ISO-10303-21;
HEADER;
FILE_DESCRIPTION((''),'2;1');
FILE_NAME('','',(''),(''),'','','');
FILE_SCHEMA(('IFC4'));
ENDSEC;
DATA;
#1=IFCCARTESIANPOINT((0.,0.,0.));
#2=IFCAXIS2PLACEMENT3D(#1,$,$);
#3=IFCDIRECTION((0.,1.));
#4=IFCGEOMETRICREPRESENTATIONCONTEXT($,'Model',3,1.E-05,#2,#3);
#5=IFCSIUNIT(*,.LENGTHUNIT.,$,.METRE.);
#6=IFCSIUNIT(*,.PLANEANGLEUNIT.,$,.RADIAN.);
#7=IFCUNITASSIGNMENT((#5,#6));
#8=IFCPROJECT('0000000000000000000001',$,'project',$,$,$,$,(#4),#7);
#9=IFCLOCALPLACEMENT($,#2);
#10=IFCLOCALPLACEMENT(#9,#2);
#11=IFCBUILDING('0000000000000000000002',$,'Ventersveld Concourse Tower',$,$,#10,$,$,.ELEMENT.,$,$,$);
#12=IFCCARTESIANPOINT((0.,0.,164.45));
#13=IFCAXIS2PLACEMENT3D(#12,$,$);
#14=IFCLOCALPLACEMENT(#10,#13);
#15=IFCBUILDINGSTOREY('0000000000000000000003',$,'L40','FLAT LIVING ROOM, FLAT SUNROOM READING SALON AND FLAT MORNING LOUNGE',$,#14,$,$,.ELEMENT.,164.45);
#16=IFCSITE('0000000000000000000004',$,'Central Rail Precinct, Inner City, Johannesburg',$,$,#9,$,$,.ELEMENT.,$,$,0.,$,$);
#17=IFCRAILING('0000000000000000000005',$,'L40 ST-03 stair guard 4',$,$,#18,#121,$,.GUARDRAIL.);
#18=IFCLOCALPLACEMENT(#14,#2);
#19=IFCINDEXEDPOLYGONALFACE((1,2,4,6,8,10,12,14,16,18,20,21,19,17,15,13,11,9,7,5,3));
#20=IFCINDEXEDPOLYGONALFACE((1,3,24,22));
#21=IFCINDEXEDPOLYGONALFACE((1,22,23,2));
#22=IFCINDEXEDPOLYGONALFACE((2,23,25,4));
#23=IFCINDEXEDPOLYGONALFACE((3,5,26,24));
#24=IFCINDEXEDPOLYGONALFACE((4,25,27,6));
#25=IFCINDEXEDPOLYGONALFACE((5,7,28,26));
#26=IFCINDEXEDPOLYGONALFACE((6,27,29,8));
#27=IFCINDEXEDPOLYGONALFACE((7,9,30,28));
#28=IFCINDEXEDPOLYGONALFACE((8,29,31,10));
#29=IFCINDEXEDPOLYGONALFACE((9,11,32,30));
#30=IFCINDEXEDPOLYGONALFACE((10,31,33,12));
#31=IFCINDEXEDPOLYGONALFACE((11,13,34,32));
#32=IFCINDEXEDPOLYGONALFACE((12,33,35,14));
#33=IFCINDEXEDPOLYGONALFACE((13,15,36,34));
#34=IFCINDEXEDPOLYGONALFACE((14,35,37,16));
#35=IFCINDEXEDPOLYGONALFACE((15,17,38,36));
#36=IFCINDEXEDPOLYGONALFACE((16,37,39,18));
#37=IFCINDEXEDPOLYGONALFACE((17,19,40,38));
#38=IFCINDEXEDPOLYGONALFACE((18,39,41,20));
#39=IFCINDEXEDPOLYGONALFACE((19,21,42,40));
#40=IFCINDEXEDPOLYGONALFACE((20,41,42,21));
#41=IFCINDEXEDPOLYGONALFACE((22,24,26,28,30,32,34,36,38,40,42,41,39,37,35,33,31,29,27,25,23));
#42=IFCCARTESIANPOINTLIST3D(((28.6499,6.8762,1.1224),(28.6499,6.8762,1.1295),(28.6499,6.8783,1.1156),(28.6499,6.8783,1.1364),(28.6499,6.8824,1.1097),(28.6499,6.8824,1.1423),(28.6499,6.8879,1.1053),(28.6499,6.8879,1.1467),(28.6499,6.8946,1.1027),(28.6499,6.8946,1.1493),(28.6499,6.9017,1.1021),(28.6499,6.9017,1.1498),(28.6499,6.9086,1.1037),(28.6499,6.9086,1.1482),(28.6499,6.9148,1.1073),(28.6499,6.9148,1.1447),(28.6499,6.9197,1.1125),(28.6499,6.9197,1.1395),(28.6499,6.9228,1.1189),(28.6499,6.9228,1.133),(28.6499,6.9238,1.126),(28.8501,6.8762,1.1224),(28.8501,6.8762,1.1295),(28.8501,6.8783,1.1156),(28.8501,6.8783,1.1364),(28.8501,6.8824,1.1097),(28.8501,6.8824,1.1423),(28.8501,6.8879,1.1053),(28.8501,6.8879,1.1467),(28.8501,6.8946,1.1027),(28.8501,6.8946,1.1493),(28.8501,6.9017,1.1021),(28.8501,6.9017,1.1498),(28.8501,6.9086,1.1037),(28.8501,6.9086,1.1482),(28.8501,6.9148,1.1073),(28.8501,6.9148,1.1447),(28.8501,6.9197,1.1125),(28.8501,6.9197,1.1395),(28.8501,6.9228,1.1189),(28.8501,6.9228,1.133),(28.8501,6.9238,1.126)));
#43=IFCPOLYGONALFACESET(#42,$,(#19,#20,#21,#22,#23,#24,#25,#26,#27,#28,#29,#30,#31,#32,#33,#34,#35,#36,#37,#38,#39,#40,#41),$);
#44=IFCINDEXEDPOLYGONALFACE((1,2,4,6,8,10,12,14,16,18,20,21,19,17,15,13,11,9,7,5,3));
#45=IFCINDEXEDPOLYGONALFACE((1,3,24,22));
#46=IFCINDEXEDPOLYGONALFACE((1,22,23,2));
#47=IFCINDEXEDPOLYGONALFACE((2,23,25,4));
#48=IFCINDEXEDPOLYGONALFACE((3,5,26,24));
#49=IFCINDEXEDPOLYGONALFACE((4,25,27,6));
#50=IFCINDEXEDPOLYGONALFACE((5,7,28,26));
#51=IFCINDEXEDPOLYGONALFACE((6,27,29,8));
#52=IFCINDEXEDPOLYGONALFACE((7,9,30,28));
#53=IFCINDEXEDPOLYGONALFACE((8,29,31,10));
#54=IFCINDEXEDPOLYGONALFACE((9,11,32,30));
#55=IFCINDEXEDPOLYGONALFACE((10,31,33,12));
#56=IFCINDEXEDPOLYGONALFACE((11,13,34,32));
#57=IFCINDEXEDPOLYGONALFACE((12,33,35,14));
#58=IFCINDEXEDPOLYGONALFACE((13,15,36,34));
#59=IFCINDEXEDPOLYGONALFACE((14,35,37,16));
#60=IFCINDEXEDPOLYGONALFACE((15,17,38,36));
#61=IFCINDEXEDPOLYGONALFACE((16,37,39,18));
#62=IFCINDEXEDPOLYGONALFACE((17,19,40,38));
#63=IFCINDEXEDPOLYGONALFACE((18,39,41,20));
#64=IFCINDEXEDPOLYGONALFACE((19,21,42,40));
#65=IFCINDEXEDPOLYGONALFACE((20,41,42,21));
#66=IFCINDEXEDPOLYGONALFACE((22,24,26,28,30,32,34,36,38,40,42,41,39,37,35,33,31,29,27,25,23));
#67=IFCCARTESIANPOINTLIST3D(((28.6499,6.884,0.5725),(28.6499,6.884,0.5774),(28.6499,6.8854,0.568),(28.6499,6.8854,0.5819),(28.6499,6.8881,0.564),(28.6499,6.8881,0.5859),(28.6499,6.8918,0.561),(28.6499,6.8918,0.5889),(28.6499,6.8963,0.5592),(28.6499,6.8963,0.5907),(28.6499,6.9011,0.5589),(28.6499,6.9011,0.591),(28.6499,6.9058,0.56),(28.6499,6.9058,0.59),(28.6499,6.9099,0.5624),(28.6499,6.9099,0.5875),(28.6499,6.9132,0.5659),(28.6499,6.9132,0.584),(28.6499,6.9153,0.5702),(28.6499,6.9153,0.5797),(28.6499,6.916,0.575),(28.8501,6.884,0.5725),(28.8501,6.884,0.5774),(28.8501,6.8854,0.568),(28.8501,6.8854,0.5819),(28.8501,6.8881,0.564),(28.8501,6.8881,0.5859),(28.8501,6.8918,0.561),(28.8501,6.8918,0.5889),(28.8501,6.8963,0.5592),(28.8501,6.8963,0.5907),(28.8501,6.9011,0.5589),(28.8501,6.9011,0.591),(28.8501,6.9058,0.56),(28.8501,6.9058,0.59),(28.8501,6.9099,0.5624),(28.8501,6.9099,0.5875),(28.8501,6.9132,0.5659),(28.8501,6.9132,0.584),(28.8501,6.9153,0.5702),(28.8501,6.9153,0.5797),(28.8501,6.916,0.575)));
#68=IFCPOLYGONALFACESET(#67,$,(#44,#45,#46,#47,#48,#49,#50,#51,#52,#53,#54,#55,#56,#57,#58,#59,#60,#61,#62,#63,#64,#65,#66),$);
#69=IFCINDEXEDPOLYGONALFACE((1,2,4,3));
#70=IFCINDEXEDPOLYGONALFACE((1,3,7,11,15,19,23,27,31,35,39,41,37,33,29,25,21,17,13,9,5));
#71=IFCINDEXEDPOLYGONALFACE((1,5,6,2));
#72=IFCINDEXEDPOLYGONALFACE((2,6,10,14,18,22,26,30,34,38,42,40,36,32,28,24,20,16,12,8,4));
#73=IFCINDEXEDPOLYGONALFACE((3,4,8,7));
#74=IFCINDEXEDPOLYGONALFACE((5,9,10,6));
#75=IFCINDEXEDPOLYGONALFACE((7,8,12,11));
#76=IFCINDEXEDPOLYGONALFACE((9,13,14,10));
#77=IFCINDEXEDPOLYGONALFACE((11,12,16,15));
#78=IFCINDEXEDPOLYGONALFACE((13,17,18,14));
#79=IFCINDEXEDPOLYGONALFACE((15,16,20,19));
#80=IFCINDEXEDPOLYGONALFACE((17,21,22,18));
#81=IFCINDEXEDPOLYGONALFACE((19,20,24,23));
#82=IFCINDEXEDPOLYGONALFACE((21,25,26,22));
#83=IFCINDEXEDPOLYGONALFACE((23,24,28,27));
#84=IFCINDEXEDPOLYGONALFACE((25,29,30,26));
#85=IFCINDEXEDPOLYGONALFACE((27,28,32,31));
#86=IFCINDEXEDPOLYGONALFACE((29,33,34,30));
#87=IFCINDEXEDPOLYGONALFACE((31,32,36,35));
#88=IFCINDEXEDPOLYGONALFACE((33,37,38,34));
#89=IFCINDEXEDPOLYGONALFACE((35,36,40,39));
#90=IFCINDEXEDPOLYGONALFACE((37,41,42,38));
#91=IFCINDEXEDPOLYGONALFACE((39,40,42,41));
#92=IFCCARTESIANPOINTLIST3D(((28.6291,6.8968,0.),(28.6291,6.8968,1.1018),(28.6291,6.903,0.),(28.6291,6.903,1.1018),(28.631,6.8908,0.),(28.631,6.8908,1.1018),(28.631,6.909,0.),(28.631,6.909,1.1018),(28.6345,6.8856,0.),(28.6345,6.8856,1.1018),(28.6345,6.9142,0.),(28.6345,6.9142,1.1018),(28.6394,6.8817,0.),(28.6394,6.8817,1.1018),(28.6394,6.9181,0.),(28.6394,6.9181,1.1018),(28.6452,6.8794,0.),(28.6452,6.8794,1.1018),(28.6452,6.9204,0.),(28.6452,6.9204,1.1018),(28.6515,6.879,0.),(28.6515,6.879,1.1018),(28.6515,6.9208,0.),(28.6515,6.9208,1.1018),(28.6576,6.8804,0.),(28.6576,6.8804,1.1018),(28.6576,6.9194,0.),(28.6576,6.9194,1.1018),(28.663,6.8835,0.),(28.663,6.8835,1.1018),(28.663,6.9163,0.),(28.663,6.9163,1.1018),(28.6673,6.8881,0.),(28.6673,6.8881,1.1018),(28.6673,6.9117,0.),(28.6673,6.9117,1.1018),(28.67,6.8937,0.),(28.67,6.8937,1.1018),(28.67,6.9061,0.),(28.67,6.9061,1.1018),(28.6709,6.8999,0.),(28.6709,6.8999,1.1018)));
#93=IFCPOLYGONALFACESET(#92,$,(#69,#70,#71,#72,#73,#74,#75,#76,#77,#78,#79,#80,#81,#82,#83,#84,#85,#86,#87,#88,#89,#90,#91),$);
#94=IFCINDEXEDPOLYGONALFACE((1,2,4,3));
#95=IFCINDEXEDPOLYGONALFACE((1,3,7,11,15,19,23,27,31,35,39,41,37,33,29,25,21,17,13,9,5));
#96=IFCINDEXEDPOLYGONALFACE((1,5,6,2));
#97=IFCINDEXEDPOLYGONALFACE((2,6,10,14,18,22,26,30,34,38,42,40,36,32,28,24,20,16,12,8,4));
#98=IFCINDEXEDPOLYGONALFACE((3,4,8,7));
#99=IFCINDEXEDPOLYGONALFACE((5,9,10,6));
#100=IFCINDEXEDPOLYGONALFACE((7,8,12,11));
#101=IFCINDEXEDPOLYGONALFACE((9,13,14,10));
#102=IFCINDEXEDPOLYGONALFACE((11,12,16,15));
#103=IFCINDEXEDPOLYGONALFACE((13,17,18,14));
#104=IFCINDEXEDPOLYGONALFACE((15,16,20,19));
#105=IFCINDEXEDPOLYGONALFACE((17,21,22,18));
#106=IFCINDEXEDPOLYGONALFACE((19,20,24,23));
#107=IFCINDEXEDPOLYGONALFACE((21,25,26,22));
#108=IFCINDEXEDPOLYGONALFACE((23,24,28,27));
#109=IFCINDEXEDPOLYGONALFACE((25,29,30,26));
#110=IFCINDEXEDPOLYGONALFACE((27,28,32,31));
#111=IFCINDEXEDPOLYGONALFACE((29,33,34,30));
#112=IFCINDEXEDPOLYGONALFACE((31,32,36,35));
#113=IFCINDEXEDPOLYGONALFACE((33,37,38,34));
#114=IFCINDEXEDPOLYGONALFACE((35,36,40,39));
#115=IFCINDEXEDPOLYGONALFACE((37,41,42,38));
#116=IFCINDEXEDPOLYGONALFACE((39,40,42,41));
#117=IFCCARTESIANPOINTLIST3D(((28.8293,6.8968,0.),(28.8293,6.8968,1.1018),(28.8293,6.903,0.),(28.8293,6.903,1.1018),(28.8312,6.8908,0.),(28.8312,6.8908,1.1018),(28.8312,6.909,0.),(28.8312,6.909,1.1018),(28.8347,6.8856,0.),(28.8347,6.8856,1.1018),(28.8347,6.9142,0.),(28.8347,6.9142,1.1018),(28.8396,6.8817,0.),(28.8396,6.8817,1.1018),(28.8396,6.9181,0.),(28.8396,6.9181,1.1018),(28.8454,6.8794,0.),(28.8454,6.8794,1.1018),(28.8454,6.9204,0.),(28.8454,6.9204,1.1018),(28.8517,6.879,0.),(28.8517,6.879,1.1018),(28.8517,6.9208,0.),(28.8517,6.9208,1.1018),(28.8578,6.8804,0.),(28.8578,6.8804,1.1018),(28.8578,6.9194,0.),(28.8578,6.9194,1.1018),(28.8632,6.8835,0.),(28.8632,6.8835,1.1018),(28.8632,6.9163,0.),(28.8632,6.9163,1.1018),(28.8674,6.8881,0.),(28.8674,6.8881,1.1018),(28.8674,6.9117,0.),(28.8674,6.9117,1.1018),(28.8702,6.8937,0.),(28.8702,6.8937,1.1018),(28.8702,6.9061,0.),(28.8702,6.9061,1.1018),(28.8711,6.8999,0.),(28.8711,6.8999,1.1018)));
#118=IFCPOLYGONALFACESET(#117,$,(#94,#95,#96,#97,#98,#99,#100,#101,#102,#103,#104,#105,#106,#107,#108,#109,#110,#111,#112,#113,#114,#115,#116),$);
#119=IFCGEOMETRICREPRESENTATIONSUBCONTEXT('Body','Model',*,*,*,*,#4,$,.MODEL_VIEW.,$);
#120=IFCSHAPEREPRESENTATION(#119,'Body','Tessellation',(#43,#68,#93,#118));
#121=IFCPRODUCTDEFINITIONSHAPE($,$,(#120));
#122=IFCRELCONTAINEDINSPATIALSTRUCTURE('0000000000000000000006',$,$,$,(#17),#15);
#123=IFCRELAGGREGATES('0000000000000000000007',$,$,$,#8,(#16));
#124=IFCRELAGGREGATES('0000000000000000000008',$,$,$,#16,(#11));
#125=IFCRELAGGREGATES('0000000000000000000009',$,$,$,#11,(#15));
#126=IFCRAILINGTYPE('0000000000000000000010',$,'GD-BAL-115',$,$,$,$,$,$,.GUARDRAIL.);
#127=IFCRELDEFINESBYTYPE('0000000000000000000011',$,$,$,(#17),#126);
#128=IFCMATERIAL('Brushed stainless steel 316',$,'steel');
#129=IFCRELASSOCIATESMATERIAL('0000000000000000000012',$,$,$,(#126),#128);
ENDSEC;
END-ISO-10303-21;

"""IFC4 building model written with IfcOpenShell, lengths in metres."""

from ifc_helpers import new_model, si_unit, direction, frame, origin, origin_2d, place, context, subcontext, project, spatial, circle, extrude, material, type_object, element, save


model = new_model("IFC4")

# Units and contexts
model_context = context("Model", 3, precision=1e-05, world=origin(), true_north=direction((0.0, 1.0)))
body_context = subcontext(model_context, "Body", "Model", "MODEL_VIEW")
ifc_project = project(units=[si_unit("LENGTHUNIT", "METRE"), si_unit("PLANEANGLEUNIT", "RADIAN")], contexts=[model_context])

# Site, building, storey
site_placement = place(None, origin())
site = spatial("IfcSite", under=ifc_project, at=site_placement, Name="Central Rail Precinct, Inner City, Johannesburg", CompositionType="ELEMENT", RefElevation=0.0)
building_placement = place(site_placement, origin())
building = spatial("IfcBuilding", under=site, at=building_placement, Name="Ventersveld Concourse Tower", CompositionType="ELEMENT")
storey_placement = place(building_placement, frame((0.0, 0.0, 164.45)))
storey = spatial("IfcBuildingStorey", under=building, at=storey_placement, Name="L40", Description="FLAT LIVING ROOM, FLAT SUNROOM READING SALON AND FLAT MORNING LOUNGE", CompositionType="ELEMENT", Elevation=164.45)

# Shared definitions
ifc_material_1 = material(Name="Brushed stainless steel 316", Category="steel")

# Railing
railing_type = type_object("IfcRailingType", Name="GD-BAL-115", PredefinedType="GUARDRAIL", material=ifc_material_1)
railing_1_placement = place(storey_placement, frame((28.6499, 6.8999, 0.0)))
element("IfcRailing", 1, at=railing_1_placement, inside=storey, type_object=railing_type, Name="L40 ST-03 stair guard 4", PredefinedType="GUARDRAIL", context=body_context, shape_type="SweptSolid", body=[
    extrude(circle(Radius=0.0239, at=origin_2d()), frame((0.0, 0.0, 1.126), z_axis=(1.0, 0.0, 0.0), x_axis=(0.0, 1.0, 0.0)), (0.0, 0.0, 1.0), 0.2002),
    extrude(circle(Radius=0.0161, at=origin_2d()), frame((0.0, 0.0, 0.575), z_axis=(1.0, 0.0, 0.0), x_axis=(0.0, 1.0, 0.0)), (0.0, 0.0, 1.0), 0.2002),
    extrude(circle(Radius=0.021, at=origin_2d()), origin(), (0.0, 0.0, 1.0), 1.1018),
    extrude(circle(Radius=0.021, at=origin_2d()), frame((0.2002, 0.0, 0.0)), (0.0, 0.0, 1.0), 1.1018),
])

save(model, "model.ifc")
